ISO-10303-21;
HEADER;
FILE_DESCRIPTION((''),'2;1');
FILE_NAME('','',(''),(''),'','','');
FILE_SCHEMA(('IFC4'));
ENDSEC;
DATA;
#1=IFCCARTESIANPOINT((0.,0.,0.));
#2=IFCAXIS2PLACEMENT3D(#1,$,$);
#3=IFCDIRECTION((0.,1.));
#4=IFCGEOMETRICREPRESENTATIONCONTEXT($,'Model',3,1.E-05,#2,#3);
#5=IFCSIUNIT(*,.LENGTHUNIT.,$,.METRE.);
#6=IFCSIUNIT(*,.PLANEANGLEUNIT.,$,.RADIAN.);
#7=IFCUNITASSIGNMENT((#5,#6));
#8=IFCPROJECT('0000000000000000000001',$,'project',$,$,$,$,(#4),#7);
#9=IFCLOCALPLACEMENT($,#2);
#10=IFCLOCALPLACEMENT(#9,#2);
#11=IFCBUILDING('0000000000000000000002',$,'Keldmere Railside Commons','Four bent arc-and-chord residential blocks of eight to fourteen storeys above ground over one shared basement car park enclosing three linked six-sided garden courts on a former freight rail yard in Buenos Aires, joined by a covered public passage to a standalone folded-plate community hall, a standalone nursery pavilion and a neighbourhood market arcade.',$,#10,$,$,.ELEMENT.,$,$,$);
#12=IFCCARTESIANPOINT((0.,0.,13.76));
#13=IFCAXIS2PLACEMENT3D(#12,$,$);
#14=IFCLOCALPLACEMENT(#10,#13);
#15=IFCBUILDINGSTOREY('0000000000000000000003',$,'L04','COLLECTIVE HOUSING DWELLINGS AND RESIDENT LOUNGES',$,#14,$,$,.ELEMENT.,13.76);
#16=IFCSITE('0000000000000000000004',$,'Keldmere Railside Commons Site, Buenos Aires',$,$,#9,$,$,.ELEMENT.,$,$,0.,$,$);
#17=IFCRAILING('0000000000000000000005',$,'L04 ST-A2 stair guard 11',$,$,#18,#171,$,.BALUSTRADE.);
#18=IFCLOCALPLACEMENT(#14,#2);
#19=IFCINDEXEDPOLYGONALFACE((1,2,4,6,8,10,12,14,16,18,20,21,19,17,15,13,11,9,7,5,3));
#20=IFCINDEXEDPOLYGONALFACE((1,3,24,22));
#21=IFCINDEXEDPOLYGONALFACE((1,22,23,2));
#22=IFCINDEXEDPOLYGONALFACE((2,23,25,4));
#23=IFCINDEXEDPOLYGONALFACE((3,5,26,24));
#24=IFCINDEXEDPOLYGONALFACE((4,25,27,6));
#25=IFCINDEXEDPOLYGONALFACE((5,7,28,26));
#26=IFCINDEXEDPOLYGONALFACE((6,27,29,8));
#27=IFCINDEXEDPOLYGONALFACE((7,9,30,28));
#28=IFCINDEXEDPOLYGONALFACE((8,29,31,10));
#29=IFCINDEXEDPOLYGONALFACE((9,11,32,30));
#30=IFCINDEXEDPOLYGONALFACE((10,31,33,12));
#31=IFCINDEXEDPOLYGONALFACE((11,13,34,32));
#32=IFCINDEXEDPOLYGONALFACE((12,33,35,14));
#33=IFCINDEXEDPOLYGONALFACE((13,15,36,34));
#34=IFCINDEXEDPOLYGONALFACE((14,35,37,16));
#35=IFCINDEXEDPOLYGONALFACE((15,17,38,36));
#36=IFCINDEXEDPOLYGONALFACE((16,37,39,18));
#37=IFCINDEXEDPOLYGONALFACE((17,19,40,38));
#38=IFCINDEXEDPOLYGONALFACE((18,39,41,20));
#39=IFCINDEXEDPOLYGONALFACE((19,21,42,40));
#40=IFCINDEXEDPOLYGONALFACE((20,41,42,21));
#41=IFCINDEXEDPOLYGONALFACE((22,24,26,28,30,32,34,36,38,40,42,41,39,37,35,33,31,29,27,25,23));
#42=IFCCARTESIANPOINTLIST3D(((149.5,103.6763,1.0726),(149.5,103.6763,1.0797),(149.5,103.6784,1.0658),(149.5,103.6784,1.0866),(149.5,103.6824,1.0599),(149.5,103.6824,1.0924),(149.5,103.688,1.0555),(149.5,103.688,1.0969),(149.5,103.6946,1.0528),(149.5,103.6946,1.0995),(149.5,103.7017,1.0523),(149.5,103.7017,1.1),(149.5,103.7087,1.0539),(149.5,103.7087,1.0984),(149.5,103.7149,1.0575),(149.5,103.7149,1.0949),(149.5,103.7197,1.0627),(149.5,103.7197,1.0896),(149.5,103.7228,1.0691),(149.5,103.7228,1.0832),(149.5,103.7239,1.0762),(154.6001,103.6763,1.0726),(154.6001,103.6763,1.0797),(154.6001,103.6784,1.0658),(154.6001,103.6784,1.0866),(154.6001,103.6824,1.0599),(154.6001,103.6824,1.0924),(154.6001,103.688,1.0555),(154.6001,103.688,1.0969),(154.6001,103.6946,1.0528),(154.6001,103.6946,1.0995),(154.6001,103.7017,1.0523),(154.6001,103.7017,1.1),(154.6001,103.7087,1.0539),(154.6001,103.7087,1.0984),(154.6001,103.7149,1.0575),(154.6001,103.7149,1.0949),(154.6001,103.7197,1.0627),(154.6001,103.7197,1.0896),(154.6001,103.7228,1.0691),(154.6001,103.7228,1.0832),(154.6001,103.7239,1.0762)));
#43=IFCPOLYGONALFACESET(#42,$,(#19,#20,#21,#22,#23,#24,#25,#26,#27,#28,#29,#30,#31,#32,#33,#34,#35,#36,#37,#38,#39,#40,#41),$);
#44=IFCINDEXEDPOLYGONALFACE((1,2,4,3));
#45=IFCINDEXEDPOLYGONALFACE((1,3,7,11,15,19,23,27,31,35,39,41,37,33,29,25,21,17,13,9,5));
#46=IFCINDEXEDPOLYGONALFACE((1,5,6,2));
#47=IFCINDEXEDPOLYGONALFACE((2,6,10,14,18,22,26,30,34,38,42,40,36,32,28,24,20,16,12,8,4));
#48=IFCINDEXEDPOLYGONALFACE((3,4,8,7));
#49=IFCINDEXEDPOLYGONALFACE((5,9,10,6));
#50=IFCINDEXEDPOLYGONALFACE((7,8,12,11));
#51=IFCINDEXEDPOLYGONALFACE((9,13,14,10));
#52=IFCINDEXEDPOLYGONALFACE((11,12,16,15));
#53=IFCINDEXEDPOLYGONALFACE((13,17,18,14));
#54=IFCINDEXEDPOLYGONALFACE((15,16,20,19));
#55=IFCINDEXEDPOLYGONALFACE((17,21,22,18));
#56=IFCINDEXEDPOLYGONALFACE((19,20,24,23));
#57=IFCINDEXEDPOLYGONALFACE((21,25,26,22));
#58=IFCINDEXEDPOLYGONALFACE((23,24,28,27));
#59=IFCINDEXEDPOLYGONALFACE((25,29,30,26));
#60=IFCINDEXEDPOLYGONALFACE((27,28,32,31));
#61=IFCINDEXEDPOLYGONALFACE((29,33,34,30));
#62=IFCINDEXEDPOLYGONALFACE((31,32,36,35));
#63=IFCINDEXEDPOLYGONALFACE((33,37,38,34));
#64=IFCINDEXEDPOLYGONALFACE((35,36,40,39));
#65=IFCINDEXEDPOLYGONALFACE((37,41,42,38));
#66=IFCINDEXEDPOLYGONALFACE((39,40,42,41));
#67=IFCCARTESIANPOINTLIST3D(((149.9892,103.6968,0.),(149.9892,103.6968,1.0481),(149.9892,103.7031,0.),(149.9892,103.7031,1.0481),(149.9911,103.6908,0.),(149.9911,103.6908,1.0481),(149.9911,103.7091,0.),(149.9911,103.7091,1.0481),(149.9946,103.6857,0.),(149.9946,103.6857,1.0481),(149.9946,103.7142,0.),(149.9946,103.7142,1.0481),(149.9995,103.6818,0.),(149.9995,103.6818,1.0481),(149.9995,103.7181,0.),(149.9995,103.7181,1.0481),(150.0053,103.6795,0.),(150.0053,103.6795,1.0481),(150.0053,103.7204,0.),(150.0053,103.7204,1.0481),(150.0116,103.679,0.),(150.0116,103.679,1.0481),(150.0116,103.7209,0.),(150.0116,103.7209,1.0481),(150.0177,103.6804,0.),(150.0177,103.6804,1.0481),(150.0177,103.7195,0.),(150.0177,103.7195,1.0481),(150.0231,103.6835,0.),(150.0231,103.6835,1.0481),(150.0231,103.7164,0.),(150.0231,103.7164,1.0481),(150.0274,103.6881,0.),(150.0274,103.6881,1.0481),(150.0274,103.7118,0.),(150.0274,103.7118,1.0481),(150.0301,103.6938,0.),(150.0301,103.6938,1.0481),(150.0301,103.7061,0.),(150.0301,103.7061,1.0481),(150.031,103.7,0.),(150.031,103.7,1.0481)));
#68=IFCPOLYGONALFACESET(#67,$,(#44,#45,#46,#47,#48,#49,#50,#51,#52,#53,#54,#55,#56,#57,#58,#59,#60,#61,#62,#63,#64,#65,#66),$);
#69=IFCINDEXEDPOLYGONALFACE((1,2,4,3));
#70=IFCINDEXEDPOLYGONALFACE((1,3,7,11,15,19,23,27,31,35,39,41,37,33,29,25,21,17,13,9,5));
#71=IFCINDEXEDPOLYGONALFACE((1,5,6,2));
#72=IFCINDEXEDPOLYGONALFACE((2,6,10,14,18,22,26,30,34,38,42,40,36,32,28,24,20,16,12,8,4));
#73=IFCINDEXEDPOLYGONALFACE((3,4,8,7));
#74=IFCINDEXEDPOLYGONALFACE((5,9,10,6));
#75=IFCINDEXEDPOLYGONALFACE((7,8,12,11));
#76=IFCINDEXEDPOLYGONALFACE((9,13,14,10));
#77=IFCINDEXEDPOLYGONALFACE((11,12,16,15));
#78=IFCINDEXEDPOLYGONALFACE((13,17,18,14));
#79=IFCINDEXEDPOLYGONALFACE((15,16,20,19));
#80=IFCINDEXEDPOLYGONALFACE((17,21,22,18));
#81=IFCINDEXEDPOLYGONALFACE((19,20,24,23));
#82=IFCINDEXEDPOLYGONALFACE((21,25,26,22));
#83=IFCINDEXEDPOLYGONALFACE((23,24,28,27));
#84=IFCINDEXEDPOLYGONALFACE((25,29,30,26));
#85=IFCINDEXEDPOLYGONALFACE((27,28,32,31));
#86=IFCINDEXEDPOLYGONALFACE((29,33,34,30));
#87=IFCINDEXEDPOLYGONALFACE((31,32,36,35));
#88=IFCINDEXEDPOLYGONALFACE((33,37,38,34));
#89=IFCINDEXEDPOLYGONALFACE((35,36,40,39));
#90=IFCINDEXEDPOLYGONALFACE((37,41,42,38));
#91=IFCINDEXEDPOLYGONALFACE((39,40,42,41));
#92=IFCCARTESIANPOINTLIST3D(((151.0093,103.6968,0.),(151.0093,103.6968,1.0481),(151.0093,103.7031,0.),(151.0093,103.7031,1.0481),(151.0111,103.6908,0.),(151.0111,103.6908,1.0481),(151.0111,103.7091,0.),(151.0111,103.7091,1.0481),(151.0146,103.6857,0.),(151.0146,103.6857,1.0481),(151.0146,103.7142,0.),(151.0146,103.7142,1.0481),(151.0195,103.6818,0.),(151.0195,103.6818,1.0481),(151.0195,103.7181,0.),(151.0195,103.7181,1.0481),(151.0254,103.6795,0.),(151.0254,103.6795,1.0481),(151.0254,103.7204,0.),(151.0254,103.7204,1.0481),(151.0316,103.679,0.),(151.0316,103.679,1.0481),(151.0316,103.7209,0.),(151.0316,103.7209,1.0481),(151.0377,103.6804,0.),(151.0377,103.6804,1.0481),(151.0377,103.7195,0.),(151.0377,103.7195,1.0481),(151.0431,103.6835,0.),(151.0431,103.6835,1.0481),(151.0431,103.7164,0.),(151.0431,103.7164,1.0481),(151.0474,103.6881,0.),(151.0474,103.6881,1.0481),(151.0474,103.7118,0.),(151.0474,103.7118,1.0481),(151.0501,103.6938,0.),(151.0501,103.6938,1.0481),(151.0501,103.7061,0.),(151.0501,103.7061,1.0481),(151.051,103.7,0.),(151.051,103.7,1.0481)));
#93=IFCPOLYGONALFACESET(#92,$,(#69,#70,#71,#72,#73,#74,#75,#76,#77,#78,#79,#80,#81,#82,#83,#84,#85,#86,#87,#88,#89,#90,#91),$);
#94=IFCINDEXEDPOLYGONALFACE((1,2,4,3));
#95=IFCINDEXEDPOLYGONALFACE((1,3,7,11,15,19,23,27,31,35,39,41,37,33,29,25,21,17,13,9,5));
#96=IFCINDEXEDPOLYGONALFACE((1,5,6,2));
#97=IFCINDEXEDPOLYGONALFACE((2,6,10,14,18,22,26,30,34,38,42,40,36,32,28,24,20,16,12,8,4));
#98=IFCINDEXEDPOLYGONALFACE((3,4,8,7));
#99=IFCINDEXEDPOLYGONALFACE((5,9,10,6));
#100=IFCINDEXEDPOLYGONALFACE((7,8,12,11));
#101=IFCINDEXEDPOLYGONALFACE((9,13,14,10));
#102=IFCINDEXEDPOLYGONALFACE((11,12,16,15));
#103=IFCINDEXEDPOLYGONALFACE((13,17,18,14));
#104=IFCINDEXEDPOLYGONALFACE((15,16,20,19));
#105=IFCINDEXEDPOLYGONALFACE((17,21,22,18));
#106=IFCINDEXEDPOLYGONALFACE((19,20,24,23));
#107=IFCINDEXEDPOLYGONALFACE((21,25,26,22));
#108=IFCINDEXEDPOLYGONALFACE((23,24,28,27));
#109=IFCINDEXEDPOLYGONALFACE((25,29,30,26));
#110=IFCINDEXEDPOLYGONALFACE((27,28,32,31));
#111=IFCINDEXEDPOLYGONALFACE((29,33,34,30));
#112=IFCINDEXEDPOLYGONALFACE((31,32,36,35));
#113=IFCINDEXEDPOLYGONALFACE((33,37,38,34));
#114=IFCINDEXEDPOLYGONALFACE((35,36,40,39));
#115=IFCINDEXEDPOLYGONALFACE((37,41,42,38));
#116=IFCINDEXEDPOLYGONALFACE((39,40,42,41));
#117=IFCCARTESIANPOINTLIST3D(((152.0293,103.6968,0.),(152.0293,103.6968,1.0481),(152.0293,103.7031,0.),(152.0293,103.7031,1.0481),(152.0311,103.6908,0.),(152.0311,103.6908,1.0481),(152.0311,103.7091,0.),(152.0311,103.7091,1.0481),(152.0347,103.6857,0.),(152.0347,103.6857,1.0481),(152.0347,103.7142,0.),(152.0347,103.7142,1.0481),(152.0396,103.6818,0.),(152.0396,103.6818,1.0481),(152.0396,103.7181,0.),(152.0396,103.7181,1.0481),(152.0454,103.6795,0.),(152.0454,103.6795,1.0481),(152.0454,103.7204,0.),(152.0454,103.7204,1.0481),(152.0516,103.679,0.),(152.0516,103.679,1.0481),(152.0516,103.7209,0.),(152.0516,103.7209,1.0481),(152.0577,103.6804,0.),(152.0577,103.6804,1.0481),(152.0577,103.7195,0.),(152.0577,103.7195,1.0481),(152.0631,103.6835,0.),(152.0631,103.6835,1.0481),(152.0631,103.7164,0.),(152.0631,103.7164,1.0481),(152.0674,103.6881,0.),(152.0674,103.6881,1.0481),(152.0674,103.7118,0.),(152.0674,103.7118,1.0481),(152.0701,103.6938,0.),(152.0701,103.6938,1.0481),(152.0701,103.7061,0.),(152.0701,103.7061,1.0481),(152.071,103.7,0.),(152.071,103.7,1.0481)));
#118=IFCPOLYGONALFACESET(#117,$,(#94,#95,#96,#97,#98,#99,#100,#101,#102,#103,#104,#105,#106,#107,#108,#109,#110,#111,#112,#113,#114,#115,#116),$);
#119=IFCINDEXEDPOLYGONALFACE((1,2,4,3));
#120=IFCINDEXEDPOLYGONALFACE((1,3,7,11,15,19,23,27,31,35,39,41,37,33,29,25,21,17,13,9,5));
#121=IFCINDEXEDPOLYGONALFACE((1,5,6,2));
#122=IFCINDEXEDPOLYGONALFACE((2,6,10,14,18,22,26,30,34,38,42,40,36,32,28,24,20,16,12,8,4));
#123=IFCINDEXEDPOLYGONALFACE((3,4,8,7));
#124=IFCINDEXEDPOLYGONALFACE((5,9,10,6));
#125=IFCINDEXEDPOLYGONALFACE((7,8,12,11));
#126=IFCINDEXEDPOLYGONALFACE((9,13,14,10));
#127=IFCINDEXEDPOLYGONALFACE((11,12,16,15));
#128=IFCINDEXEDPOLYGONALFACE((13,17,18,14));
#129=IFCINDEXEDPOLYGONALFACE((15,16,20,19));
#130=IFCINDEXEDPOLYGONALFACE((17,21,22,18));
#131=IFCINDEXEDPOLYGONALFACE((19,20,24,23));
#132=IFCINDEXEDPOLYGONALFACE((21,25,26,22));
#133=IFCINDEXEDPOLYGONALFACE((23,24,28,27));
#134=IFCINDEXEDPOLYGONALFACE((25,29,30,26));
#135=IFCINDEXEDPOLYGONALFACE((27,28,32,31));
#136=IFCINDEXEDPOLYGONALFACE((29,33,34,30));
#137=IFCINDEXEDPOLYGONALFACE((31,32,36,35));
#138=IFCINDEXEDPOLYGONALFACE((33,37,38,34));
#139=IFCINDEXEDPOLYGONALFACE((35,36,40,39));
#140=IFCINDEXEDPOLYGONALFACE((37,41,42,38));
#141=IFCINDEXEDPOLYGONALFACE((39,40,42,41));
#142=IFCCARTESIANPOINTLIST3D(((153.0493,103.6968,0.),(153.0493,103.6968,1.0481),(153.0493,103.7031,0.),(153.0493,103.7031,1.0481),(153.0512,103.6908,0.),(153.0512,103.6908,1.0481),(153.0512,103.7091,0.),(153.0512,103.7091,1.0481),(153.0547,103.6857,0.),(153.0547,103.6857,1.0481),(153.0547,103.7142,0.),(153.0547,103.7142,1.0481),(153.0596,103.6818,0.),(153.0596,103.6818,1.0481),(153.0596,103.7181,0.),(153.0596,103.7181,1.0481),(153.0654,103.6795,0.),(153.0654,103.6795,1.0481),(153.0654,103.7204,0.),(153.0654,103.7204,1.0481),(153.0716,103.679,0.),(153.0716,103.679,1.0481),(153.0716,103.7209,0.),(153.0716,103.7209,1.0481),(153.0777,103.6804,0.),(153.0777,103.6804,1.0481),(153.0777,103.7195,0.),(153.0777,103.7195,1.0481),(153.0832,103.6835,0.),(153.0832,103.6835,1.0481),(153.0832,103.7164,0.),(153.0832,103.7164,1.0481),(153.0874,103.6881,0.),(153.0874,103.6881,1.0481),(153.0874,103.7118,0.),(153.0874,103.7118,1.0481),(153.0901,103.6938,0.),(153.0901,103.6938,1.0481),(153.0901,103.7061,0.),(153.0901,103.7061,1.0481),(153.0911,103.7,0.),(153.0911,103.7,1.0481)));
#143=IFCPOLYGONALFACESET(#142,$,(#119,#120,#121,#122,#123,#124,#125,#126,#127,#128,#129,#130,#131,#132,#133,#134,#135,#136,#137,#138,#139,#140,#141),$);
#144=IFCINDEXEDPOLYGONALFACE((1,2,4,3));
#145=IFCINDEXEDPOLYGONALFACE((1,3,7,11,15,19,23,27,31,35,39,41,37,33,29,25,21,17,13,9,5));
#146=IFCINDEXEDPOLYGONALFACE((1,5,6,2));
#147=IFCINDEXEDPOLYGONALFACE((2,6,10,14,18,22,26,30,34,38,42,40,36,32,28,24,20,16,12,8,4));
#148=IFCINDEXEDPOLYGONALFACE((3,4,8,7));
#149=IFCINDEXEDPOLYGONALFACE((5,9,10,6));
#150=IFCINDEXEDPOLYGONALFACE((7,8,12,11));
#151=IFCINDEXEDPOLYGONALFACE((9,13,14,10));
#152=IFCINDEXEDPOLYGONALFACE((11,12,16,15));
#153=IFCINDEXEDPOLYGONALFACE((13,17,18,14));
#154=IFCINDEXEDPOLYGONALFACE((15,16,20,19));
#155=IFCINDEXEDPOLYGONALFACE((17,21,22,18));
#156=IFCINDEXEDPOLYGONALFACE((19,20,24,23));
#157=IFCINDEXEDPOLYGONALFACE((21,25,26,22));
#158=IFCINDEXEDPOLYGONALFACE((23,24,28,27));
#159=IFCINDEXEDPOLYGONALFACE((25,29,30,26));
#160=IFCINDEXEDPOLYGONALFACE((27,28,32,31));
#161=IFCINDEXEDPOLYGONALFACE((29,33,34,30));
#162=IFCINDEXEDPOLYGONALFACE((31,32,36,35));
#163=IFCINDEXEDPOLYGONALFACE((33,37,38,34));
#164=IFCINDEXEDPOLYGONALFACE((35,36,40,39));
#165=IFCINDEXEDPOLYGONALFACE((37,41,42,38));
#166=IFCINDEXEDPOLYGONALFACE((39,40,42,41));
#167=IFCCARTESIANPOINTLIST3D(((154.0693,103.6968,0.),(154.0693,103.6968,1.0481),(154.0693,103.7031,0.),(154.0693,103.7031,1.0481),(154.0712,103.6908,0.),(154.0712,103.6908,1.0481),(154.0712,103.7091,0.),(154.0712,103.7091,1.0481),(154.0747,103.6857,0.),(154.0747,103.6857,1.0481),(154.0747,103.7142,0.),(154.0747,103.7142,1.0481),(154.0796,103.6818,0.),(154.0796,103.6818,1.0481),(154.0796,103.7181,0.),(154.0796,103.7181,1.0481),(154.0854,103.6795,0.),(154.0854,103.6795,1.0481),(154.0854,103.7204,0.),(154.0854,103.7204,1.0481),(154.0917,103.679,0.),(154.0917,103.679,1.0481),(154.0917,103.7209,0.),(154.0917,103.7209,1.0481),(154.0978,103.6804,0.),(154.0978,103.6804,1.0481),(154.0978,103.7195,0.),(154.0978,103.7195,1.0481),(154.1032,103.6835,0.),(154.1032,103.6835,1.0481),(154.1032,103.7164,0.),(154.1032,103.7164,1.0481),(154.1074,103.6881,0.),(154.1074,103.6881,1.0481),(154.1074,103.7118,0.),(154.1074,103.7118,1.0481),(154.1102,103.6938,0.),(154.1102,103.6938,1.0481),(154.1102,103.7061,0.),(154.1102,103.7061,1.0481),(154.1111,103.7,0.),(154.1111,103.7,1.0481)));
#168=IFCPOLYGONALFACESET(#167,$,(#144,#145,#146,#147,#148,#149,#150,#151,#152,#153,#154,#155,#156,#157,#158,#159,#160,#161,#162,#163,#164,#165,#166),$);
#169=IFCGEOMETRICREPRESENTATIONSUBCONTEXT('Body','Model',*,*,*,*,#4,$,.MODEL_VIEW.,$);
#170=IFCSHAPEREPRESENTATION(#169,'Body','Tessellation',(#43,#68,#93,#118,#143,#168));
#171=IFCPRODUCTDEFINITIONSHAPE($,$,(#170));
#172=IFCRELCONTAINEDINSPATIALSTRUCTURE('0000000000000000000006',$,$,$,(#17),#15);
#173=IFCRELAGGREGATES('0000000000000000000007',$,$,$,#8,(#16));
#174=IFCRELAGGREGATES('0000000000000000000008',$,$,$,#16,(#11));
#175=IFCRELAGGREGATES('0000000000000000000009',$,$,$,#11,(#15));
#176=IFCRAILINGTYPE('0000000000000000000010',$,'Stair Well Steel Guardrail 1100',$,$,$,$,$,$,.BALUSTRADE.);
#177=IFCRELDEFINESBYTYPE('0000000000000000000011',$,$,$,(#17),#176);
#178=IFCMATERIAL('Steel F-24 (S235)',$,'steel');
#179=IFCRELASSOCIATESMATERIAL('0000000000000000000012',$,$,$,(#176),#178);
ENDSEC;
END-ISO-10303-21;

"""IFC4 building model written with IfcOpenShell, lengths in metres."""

from ifc_helpers import new_model, si_unit, direction, frame, origin, origin_2d, place, context, subcontext, project, spatial, circle, extrude, material, type_object, element, save


model = new_model("IFC4")

# Units and contexts
model_context = context("Model", 3, precision=1e-05, world=origin(), true_north=direction((0.0, 1.0)))
body_context = subcontext(model_context, "Body", "Model", "MODEL_VIEW")
ifc_project = project(units=[si_unit("LENGTHUNIT", "METRE"), si_unit("PLANEANGLEUNIT", "RADIAN")], contexts=[model_context])

# Site, building, storey
site_placement = place(None, origin())
site = spatial("IfcSite", under=ifc_project, at=site_placement, Name="Keldmere Railside Commons Site, Buenos Aires", CompositionType="ELEMENT", RefElevation=0.0)
building_placement = place(site_placement, origin())
building = spatial("IfcBuilding", under=site, at=building_placement, Name="Keldmere Railside Commons", Description="Four bent arc-and-chord residential blocks of eight to fourteen storeys above ground over one shared basement car park enclosing three linked six-sided garden courts on a former freight rail yard in Buenos Aires, joined by a covered public passage to a standalone folded-plate community hall, a standalone nursery pavilion and a neighbourhood market arcade.", CompositionType="ELEMENT")
storey_placement = place(building_placement, frame((0.0, 0.0, 13.76)))
storey = spatial("IfcBuildingStorey", under=building, at=storey_placement, Name="L04", Description="COLLECTIVE HOUSING DWELLINGS AND RESIDENT LOUNGES", CompositionType="ELEMENT", Elevation=13.76)

# Shared definitions
ifc_material_1 = material(Name="Steel F-24 (S235)", Category="steel")

# Railing
railing_type_1 = type_object("IfcRailingType", Name="Stair Well Steel Guardrail 1100", PredefinedType="BALUSTRADE", material=ifc_material_1)
for number, where, name in (
    (1, (149.5, 103.7, 0.0), "L04 ST-A2 stair guard 11"),
):
    element("IfcRailing", number, at=place(storey_placement, frame(where)), inside=storey, type_object=railing_type_1, Name=name, PredefinedType="BALUSTRADE", context=body_context, shape_type="SweptSolid", body=[
        extrude(circle(Radius=0.0239, at=origin_2d()), frame((0.0, 0.0, 1.0762), z_axis=(1.0, 0.0, 0.0), x_axis=(0.0, 1.0, 0.0)), (0.0, 0.0, 1.0), 5.1001),
        extrude(circle(Radius=0.021, at=origin_2d()), frame((0.51, 0.0, 0.0)), (0.0, 0.0, 1.0), 1.0481),
        extrude(circle(Radius=0.021, at=origin_2d()), frame((1.53, 0.0, 0.0)), (0.0, 0.0, 1.0), 1.0481),
        extrude(circle(Radius=0.021, at=origin_2d()), frame((2.55, 0.0, 0.0)), (0.0, 0.0, 1.0), 1.0481),
        extrude(circle(Radius=0.021, at=origin_2d()), frame((3.5701, 0.0, 0.0)), (0.0, 0.0, 1.0), 1.0481),
        extrude(circle(Radius=0.021, at=origin_2d()), frame((4.5901, 0.0, 0.0)), (0.0, 0.0, 1.0), 1.0481),
    ])

save(model, "model.ifc")
